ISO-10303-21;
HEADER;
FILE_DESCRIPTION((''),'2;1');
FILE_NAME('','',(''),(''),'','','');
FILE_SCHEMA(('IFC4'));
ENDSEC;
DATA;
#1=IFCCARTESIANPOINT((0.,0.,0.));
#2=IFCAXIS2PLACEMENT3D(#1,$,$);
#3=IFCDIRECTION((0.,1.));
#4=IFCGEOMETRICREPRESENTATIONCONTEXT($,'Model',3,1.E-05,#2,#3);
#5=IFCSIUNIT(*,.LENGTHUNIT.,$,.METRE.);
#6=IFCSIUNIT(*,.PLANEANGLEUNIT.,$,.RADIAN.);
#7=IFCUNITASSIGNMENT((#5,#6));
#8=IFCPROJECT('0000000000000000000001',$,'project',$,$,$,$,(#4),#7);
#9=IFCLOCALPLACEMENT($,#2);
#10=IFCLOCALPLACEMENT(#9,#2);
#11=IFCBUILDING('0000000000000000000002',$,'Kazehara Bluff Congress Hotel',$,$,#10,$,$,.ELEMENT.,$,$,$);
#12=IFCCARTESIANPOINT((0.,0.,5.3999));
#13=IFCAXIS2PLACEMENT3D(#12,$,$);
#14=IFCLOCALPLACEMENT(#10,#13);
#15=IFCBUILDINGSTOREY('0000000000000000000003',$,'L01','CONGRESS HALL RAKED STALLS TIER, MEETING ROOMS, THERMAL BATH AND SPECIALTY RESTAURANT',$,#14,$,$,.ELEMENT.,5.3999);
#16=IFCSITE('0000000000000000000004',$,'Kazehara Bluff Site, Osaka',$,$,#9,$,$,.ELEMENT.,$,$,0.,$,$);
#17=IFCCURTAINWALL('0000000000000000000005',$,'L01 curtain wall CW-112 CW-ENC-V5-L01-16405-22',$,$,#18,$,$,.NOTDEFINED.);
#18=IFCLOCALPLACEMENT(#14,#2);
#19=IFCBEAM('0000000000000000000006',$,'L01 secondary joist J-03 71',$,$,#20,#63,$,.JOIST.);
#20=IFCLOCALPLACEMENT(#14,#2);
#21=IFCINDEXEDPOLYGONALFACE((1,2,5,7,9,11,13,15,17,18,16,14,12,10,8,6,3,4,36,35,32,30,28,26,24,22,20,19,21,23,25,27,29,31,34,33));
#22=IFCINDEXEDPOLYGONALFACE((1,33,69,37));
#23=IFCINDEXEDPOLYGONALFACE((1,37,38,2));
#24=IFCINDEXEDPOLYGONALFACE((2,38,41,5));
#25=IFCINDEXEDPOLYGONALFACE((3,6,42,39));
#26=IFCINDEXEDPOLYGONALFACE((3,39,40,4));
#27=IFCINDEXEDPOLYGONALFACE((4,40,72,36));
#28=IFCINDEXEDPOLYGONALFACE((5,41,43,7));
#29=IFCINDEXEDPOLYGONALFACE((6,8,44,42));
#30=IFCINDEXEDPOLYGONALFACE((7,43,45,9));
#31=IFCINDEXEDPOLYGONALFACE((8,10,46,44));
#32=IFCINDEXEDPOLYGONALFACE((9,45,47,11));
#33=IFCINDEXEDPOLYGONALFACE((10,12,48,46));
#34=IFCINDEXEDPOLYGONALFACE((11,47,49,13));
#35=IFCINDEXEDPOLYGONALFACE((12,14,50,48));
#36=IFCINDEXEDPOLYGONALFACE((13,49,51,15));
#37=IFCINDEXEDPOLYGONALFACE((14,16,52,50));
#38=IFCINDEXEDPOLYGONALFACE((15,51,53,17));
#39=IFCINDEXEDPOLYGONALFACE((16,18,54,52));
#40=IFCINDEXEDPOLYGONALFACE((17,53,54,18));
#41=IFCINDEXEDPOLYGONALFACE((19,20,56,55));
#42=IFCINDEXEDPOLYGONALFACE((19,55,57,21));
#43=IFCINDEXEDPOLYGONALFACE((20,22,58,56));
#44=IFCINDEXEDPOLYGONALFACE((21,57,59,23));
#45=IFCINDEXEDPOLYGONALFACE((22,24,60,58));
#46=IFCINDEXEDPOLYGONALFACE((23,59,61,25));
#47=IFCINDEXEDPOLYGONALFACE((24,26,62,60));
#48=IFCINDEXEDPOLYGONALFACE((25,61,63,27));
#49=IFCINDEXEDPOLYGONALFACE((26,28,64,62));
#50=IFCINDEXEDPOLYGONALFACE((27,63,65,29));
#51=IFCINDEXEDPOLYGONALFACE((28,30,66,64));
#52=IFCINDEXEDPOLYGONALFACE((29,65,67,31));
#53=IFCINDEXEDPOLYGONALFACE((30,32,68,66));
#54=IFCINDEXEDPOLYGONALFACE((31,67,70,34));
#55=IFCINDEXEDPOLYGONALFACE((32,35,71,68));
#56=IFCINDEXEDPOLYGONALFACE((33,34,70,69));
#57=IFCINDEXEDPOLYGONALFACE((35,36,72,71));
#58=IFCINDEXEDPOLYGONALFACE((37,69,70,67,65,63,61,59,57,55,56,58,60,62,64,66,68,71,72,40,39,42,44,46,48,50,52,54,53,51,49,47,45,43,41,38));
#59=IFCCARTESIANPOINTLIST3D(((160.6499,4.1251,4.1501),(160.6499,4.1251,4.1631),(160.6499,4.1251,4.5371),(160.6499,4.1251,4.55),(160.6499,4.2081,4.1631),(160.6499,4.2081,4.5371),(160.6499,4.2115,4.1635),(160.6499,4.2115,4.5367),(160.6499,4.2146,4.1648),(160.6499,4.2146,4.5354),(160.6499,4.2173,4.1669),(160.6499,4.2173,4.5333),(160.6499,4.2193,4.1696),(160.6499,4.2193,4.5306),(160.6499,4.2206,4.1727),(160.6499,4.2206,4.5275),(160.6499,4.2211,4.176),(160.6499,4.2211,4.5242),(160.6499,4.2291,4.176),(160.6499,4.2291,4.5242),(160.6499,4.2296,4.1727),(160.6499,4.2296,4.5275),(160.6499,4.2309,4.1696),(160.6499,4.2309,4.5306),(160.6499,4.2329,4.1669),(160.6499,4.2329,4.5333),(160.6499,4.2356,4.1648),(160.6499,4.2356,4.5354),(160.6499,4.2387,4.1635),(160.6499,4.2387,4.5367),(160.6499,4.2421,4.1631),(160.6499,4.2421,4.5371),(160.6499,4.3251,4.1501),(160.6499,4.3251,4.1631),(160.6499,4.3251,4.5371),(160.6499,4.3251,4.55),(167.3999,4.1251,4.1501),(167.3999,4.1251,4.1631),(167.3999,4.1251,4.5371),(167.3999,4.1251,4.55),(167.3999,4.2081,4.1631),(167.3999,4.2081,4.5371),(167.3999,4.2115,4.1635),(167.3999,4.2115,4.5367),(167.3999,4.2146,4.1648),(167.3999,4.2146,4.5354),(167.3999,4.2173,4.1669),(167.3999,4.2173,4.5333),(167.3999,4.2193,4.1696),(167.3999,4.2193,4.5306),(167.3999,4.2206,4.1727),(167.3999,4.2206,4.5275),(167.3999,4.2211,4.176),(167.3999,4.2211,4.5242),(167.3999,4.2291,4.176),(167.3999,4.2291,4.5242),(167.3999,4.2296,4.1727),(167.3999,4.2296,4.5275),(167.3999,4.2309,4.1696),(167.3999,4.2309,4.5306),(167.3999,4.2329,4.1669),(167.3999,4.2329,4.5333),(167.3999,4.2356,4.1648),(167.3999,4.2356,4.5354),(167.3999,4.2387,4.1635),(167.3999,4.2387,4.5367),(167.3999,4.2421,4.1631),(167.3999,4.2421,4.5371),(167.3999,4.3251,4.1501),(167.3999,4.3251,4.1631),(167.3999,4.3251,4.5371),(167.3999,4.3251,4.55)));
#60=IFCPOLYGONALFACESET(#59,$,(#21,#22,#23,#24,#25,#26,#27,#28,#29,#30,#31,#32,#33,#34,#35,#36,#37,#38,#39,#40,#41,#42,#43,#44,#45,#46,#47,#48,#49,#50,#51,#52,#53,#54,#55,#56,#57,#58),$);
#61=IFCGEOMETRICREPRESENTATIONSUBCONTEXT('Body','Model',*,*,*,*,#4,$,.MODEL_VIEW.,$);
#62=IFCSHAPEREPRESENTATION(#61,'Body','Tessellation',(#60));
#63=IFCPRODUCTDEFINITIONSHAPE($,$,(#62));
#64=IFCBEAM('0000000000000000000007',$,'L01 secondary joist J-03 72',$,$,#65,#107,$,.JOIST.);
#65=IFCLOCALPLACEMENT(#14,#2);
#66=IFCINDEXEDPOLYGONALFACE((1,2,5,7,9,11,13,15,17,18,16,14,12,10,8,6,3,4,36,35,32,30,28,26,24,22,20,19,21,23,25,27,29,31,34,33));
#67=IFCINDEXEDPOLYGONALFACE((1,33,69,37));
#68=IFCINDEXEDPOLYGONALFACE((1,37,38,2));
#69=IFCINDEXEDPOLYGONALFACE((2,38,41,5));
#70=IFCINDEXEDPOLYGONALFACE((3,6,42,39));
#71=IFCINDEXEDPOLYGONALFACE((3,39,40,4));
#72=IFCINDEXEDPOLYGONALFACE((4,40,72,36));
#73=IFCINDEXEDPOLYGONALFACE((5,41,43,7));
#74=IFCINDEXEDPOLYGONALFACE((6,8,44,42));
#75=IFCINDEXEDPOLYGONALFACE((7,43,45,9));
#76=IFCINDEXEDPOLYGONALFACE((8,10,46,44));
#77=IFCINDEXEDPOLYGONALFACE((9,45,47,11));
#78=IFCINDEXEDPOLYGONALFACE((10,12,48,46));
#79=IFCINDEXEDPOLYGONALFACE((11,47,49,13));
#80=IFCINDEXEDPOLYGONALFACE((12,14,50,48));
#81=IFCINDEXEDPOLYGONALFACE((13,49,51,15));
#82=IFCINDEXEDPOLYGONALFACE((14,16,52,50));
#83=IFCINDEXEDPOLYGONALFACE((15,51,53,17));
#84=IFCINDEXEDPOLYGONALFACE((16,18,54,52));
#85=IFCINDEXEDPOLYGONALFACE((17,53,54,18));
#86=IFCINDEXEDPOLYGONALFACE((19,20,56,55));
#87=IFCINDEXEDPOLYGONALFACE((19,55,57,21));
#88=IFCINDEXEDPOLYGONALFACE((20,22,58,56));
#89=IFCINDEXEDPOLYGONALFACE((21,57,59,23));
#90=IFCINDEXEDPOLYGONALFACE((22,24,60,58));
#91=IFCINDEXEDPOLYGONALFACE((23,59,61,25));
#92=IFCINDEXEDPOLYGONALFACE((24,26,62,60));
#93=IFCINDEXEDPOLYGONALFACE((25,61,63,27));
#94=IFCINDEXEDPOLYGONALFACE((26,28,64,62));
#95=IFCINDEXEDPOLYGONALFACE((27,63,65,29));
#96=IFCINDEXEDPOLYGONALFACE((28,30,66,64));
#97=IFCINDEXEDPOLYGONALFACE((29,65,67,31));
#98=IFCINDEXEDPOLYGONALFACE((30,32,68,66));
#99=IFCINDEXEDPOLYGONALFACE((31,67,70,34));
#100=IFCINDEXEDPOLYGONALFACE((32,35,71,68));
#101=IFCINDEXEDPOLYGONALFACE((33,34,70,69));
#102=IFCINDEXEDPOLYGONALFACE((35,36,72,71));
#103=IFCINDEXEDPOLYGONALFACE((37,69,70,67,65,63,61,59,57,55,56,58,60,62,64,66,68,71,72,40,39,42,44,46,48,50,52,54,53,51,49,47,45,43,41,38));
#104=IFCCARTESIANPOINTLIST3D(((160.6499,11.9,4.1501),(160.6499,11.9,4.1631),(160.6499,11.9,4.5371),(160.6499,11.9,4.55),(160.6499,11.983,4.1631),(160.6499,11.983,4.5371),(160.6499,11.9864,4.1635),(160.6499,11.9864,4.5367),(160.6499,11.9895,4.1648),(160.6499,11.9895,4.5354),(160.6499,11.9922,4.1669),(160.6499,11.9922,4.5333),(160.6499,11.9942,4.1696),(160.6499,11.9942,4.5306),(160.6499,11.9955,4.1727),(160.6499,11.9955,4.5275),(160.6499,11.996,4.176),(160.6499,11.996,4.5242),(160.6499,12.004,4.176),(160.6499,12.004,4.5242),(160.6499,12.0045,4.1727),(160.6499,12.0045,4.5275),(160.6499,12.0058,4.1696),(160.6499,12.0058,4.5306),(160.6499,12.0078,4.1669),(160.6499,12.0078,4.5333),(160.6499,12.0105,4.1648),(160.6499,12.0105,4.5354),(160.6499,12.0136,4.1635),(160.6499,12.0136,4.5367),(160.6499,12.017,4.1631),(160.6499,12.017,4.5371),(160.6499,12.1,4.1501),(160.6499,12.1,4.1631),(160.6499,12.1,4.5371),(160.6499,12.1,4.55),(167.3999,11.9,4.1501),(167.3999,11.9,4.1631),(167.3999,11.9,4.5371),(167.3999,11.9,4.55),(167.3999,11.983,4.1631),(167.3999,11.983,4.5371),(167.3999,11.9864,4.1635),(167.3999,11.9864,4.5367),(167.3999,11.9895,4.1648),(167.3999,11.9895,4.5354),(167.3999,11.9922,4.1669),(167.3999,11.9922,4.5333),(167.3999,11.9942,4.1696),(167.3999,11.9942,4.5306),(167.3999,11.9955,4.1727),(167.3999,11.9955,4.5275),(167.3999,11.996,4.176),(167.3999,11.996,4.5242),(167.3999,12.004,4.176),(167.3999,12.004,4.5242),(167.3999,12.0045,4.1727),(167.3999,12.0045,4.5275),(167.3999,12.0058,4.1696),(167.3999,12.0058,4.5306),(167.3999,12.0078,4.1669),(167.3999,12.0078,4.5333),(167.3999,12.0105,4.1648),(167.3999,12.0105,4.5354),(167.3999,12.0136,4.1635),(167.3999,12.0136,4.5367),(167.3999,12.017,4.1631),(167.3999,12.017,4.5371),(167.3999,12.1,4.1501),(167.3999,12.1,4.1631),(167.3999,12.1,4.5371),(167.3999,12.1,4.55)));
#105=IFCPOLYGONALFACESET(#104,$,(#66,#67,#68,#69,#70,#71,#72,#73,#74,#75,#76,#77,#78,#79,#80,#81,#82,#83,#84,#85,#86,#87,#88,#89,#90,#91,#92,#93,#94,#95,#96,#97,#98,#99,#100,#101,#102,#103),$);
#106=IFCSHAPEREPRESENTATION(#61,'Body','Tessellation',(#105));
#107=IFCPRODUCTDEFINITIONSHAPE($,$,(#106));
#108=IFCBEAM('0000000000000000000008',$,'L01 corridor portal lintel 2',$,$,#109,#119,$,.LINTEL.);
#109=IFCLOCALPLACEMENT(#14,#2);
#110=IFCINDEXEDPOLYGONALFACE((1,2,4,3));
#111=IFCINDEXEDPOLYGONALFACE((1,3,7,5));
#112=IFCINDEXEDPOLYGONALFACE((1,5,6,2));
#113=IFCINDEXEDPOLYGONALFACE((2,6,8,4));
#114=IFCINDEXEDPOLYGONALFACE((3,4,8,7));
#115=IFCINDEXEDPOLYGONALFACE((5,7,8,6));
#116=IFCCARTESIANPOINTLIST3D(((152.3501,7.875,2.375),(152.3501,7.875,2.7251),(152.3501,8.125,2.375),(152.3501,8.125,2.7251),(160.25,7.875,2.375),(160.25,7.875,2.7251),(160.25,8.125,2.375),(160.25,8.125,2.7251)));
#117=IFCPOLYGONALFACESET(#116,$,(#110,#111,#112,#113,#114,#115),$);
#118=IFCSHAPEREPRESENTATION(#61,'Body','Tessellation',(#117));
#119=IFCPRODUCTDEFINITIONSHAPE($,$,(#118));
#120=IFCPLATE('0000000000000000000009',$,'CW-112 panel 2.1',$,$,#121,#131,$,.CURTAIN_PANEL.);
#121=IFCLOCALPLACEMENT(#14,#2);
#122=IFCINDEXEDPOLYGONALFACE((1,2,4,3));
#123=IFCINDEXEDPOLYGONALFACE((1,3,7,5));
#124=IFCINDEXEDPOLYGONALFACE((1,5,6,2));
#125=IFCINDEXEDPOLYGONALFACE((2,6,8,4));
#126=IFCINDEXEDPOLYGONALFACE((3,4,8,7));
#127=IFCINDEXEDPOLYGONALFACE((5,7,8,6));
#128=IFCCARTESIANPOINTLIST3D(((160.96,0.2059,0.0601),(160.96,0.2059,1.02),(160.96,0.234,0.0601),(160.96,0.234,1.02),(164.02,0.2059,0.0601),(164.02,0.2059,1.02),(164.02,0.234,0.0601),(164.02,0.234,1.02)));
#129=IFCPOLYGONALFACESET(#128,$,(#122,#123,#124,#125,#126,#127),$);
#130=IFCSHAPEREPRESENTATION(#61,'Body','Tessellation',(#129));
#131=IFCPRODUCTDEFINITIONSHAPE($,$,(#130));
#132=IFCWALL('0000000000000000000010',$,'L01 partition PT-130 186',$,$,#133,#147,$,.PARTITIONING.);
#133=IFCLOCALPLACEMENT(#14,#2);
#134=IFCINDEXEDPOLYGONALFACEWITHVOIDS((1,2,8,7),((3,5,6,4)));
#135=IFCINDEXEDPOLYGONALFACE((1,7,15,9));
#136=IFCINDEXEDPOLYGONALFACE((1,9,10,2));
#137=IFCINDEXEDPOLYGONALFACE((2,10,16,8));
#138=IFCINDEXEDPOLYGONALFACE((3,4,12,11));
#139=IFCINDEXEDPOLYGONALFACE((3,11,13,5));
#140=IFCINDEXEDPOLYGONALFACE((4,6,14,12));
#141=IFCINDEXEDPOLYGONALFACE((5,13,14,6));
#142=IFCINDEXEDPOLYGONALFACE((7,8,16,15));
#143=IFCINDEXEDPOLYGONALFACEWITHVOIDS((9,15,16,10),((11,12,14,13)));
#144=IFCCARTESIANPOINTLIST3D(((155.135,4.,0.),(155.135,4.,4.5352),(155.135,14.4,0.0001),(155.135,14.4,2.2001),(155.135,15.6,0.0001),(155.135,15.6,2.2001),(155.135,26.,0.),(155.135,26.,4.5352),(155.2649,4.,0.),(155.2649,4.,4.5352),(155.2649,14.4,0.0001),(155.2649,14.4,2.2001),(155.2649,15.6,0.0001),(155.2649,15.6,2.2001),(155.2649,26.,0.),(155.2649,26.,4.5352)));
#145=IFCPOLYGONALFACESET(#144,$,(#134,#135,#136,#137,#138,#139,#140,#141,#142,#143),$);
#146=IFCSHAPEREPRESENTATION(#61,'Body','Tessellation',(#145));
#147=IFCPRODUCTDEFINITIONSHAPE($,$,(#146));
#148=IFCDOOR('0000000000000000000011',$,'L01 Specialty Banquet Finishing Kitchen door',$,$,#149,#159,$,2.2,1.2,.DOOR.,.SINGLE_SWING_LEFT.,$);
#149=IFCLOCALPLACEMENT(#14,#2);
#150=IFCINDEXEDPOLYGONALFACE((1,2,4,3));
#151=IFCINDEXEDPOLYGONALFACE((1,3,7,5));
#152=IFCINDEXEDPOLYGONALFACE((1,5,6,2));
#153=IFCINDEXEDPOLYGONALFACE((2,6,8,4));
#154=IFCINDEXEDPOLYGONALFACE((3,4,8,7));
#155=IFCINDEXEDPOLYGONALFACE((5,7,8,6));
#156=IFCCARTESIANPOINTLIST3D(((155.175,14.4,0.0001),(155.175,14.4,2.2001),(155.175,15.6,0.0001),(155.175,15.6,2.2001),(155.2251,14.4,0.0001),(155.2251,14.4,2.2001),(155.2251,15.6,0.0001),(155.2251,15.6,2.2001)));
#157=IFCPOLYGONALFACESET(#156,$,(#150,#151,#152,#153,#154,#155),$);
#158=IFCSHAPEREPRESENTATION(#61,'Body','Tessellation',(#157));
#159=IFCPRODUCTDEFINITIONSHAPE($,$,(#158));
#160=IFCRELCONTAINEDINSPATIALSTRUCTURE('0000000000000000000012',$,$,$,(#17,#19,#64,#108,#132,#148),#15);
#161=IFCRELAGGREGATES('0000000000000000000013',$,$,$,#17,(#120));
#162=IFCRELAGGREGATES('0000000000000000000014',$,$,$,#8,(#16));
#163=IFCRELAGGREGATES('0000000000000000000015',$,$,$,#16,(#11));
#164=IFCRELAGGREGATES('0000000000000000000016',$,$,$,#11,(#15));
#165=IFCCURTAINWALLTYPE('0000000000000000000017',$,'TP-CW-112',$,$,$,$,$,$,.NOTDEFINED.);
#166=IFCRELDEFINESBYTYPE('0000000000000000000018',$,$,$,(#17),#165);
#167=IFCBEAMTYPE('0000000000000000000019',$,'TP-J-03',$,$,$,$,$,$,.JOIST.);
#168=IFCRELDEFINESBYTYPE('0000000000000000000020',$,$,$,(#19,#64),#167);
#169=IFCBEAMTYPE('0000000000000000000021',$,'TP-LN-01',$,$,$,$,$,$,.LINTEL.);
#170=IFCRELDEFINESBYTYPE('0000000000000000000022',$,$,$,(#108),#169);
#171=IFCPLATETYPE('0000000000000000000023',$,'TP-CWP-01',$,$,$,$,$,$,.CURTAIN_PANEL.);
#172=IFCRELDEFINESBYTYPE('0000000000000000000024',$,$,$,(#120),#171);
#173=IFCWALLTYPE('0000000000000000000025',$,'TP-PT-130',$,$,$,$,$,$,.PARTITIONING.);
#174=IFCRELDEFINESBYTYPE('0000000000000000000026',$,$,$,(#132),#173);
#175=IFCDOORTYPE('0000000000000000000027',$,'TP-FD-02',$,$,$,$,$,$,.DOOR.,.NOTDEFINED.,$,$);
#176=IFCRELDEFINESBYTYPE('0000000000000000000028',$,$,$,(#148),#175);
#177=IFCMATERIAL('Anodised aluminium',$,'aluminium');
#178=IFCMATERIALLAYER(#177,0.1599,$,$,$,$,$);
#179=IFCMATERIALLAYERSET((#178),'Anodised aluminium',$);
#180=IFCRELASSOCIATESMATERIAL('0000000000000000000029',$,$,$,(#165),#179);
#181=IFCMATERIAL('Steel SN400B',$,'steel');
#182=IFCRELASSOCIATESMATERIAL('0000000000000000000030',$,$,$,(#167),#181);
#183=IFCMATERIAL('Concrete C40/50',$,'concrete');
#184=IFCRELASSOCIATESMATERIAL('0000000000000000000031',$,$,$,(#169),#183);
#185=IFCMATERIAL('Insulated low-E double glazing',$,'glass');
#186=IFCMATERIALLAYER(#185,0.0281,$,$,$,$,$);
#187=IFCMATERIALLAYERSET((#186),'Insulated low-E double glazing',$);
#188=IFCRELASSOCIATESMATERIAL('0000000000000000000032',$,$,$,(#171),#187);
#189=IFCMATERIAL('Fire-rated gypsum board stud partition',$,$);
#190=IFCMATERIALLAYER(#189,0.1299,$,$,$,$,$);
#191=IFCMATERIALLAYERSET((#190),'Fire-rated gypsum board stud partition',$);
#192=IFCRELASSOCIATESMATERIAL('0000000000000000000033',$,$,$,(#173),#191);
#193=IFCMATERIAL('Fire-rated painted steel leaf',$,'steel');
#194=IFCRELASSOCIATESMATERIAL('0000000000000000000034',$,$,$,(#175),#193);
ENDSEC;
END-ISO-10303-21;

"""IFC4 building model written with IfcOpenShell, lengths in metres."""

from ifc_helpers import new_model, si_unit, direction, frame, frame_2d, origin, origin_2d, place, context, subcontext, project, spatial, rectangle, i_section, extrude, material, layer, layer_set, material_profile, profile_set, type_object, element, fill, aggregate, save


model = new_model("IFC4")

# Units and contexts
model_context = context("Model", 3, precision=1e-05, world=origin(), true_north=direction((0.0, 1.0)))
body_context = subcontext(model_context, "Body", "Model", "MODEL_VIEW")
ifc_project = project(units=[si_unit("LENGTHUNIT", "METRE"), si_unit("PLANEANGLEUNIT", "RADIAN")], contexts=[model_context])

# Site, building, storey
site_placement = place(None, origin())
site = spatial("IfcSite", under=ifc_project, at=site_placement, Name="Kazehara Bluff Site, Osaka", CompositionType="ELEMENT", RefElevation=0.0)
building_placement = place(site_placement, origin())
building = spatial("IfcBuilding", under=site, at=building_placement, Name="Kazehara Bluff Congress Hotel", CompositionType="ELEMENT")
storey_placement = place(building_placement, frame((0.0, 0.0, 5.3999)))
storey = spatial("IfcBuildingStorey", under=building, at=storey_placement, Name="L01", Description="CONGRESS HALL RAKED STALLS TIER, MEETING ROOMS, THERMAL BATH AND SPECIALTY RESTAURANT", CompositionType="ELEMENT", Elevation=5.3999)

# Curtain wall
ifc_material_1 = material(Name="Anodised aluminium", Category="aluminium")
ifc_layer_1 = layer(ifc_material_1, 0.1599)
ifc_layer_set_1 = layer_set([ifc_layer_1], Name="Anodised aluminium")
curtain_wall_type_1 = type_object("IfcCurtainWallType", Name="TP-CW-112", PredefinedType="NOTDEFINED", material=ifc_layer_set_1)
curtain_wall_1_placement = place(storey_placement, origin())
curtain_wall_1 = element("IfcCurtainWall", 1, at=curtain_wall_1_placement, inside=storey, type_object=curtain_wall_type_1, Name="L01 curtain wall CW-112 CW-ENC-V5-L01-16405-22", PredefinedType="NOTDEFINED")

# Beams
ifc_material_2 = material(Name="Steel SN400B", Category="steel")
ifc_material_profile_1 = material_profile(ifc_material_2, i_section(OverallWidth=0.2, OverallDepth=0.3999, WebThickness=0.0081, FlangeThickness=0.0129, FilletRadius=0.0129, at=origin_2d()))
ifc_profile_set_1 = profile_set([ifc_material_profile_1], Name="Steel SN400B")
beam_type_1 = type_object("IfcBeamType", Name="TP-J-03", PredefinedType="JOIST", material=ifc_profile_set_1)
for number, where, z_axis, x_axis, name in (
    (2, (160.6499, 4.2251, 4.3501), (1.0, 0.0, 0.0), (0.0, 1.0, 0.0), "L01 secondary joist J-03 71"),
    (3, (160.6499, 12.0, 4.3501), (1.0, 0.0, 0.0), (0.0, 1.0, 0.0), "L01 secondary joist J-03 72"),
):
    element("IfcBeam", number, at=place(storey_placement, frame(where, z_axis=z_axis, x_axis=x_axis)), inside=storey, type_object=beam_type_1, Name=name, PredefinedType="JOIST", context=body_context, shape_type="SweptSolid", body=[
        extrude(i_section(OverallWidth=0.2, OverallDepth=0.3999, WebThickness=0.0081, FlangeThickness=0.0129, FilletRadius=0.0129, at=origin_2d()), origin(), (0.0, 0.0, 1.0), 6.75),
    ])
ifc_material_3 = material(Name="Concrete C40/50", Category="concrete")
ifc_material_profile_2 = material_profile(ifc_material_3, rectangle(XDim=0.25, YDim=0.3501, at=origin_2d()))
ifc_profile_set_2 = profile_set([ifc_material_profile_2], Name="Concrete C40/50")
beam_type_2 = type_object("IfcBeamType", Name="TP-LN-01", PredefinedType="LINTEL", material=ifc_profile_set_2)
beam_1_placement = place(storey_placement, frame((152.3501, 8.0, 2.55), z_axis=(1.0, 0.0, 0.0), x_axis=(0.0, 1.0, 0.0)))
element("IfcBeam", 4, at=beam_1_placement, inside=storey, type_object=beam_type_2, Name="L01 corridor portal lintel 2", PredefinedType="LINTEL", context=body_context, shape_type="SweptSolid", body=[
    extrude(rectangle(XDim=0.25, YDim=0.3501, at=origin_2d()), origin(), (0.0, 0.0, 1.0), 7.8999),
])

# Plate
ifc_material_4 = material(Name="Insulated low-E double glazing", Category="glass")
ifc_layer_2 = layer(ifc_material_4, 0.0281)
ifc_layer_set_2 = layer_set([ifc_layer_2], Name="Insulated low-E double glazing")
plate_type = type_object("IfcPlateType", Name="TP-CWP-01", PredefinedType="CURTAIN_PANEL", material=ifc_layer_set_2)
plate_placement = place(storey_placement, frame((162.49, 0.22, 0.0601), z_axis=(0.0, 0.0, 1.0), x_axis=(-1.0, 0.0, 0.0)))
plate = element("IfcPlate", 5, at=plate_placement, type_object=plate_type, Name="CW-112 panel 2.1", PredefinedType="CURTAIN_PANEL", context=body_context, shape_type="SweptSolid", body=[
    extrude(rectangle(XDim=3.0601, YDim=0.0281, at=origin_2d()), origin(), (0.0, 0.0, 1.0), 0.96),
])
aggregate(curtain_wall_1, [plate])

# Wall, opening, door
ifc_material_5 = material(Name="Fire-rated gypsum board stud partition")
ifc_layer_3 = layer(ifc_material_5, 0.1299)
ifc_layer_set_3 = layer_set([ifc_layer_3], Name="Fire-rated gypsum board stud partition")
wall_type = type_object("IfcWallType", Name="TP-PT-130", PredefinedType="PARTITIONING", material=ifc_layer_set_3)
wall_placement = place(storey_placement, frame((155.2, 4.0, 0.0), z_axis=(0.0, 0.0, 1.0), x_axis=(0.0, 1.0, 0.0)))
wall = element("IfcWall", 6, at=wall_placement, inside=storey, type_object=wall_type, Name="L01 partition PT-130 186", PredefinedType="PARTITIONING", context=body_context, shape_type="SweptSolid", body=[
    extrude(rectangle(XDim=22.0, YDim=0.1299, at=frame_2d((11.0, 0.0))), origin(), (0.0, 0.0, 1.0), 4.5352),
])
opening_placement = place(wall_placement, frame((10.3999, 0.0, 0.0)))
opening = element("IfcOpeningElement", 7, at=opening_placement, cuts=wall, PredefinedType="OPENING", context=body_context, shape_type="SweptSolid", body=[
    extrude(rectangle(XDim=1.2, YDim=2.2, at=frame_2d((0.6001, 1.1001))), frame((0.0, 0.075, 0.0), z_axis=(0.0, -1.0, 0.0), x_axis=(1.0, 0.0, 0.0)), (0.0, 0.0, 1.0), 0.1499),
])
ifc_material_6 = material(Name="Fire-rated painted steel leaf", Category="steel")
door_type = type_object("IfcDoorType", Name="TP-FD-02", OperationType="NOTDEFINED", PredefinedType="DOOR", material=ifc_material_6)
door_placement = place(opening_placement, origin())
door = element("IfcDoor", 8, at=door_placement, inside=storey, type_object=door_type, Name="L01 Specialty Banquet Finishing Kitchen door", OperationType="SINGLE_SWING_LEFT", OverallHeight=2.2, OverallWidth=1.2, PredefinedType="DOOR", context=body_context, shape_type="SweptSolid", body=[
    extrude(rectangle(XDim=1.2, YDim=2.2, at=frame_2d((0.6001, 1.1001))), frame((0.0, 0.0249, 0.0), z_axis=(0.0, -1.0, 0.0), x_axis=(1.0, 0.0, 0.0)), (0.0, 0.0, 1.0), 0.05),
])
fill(opening, door)

save(model, "model.ifc")
